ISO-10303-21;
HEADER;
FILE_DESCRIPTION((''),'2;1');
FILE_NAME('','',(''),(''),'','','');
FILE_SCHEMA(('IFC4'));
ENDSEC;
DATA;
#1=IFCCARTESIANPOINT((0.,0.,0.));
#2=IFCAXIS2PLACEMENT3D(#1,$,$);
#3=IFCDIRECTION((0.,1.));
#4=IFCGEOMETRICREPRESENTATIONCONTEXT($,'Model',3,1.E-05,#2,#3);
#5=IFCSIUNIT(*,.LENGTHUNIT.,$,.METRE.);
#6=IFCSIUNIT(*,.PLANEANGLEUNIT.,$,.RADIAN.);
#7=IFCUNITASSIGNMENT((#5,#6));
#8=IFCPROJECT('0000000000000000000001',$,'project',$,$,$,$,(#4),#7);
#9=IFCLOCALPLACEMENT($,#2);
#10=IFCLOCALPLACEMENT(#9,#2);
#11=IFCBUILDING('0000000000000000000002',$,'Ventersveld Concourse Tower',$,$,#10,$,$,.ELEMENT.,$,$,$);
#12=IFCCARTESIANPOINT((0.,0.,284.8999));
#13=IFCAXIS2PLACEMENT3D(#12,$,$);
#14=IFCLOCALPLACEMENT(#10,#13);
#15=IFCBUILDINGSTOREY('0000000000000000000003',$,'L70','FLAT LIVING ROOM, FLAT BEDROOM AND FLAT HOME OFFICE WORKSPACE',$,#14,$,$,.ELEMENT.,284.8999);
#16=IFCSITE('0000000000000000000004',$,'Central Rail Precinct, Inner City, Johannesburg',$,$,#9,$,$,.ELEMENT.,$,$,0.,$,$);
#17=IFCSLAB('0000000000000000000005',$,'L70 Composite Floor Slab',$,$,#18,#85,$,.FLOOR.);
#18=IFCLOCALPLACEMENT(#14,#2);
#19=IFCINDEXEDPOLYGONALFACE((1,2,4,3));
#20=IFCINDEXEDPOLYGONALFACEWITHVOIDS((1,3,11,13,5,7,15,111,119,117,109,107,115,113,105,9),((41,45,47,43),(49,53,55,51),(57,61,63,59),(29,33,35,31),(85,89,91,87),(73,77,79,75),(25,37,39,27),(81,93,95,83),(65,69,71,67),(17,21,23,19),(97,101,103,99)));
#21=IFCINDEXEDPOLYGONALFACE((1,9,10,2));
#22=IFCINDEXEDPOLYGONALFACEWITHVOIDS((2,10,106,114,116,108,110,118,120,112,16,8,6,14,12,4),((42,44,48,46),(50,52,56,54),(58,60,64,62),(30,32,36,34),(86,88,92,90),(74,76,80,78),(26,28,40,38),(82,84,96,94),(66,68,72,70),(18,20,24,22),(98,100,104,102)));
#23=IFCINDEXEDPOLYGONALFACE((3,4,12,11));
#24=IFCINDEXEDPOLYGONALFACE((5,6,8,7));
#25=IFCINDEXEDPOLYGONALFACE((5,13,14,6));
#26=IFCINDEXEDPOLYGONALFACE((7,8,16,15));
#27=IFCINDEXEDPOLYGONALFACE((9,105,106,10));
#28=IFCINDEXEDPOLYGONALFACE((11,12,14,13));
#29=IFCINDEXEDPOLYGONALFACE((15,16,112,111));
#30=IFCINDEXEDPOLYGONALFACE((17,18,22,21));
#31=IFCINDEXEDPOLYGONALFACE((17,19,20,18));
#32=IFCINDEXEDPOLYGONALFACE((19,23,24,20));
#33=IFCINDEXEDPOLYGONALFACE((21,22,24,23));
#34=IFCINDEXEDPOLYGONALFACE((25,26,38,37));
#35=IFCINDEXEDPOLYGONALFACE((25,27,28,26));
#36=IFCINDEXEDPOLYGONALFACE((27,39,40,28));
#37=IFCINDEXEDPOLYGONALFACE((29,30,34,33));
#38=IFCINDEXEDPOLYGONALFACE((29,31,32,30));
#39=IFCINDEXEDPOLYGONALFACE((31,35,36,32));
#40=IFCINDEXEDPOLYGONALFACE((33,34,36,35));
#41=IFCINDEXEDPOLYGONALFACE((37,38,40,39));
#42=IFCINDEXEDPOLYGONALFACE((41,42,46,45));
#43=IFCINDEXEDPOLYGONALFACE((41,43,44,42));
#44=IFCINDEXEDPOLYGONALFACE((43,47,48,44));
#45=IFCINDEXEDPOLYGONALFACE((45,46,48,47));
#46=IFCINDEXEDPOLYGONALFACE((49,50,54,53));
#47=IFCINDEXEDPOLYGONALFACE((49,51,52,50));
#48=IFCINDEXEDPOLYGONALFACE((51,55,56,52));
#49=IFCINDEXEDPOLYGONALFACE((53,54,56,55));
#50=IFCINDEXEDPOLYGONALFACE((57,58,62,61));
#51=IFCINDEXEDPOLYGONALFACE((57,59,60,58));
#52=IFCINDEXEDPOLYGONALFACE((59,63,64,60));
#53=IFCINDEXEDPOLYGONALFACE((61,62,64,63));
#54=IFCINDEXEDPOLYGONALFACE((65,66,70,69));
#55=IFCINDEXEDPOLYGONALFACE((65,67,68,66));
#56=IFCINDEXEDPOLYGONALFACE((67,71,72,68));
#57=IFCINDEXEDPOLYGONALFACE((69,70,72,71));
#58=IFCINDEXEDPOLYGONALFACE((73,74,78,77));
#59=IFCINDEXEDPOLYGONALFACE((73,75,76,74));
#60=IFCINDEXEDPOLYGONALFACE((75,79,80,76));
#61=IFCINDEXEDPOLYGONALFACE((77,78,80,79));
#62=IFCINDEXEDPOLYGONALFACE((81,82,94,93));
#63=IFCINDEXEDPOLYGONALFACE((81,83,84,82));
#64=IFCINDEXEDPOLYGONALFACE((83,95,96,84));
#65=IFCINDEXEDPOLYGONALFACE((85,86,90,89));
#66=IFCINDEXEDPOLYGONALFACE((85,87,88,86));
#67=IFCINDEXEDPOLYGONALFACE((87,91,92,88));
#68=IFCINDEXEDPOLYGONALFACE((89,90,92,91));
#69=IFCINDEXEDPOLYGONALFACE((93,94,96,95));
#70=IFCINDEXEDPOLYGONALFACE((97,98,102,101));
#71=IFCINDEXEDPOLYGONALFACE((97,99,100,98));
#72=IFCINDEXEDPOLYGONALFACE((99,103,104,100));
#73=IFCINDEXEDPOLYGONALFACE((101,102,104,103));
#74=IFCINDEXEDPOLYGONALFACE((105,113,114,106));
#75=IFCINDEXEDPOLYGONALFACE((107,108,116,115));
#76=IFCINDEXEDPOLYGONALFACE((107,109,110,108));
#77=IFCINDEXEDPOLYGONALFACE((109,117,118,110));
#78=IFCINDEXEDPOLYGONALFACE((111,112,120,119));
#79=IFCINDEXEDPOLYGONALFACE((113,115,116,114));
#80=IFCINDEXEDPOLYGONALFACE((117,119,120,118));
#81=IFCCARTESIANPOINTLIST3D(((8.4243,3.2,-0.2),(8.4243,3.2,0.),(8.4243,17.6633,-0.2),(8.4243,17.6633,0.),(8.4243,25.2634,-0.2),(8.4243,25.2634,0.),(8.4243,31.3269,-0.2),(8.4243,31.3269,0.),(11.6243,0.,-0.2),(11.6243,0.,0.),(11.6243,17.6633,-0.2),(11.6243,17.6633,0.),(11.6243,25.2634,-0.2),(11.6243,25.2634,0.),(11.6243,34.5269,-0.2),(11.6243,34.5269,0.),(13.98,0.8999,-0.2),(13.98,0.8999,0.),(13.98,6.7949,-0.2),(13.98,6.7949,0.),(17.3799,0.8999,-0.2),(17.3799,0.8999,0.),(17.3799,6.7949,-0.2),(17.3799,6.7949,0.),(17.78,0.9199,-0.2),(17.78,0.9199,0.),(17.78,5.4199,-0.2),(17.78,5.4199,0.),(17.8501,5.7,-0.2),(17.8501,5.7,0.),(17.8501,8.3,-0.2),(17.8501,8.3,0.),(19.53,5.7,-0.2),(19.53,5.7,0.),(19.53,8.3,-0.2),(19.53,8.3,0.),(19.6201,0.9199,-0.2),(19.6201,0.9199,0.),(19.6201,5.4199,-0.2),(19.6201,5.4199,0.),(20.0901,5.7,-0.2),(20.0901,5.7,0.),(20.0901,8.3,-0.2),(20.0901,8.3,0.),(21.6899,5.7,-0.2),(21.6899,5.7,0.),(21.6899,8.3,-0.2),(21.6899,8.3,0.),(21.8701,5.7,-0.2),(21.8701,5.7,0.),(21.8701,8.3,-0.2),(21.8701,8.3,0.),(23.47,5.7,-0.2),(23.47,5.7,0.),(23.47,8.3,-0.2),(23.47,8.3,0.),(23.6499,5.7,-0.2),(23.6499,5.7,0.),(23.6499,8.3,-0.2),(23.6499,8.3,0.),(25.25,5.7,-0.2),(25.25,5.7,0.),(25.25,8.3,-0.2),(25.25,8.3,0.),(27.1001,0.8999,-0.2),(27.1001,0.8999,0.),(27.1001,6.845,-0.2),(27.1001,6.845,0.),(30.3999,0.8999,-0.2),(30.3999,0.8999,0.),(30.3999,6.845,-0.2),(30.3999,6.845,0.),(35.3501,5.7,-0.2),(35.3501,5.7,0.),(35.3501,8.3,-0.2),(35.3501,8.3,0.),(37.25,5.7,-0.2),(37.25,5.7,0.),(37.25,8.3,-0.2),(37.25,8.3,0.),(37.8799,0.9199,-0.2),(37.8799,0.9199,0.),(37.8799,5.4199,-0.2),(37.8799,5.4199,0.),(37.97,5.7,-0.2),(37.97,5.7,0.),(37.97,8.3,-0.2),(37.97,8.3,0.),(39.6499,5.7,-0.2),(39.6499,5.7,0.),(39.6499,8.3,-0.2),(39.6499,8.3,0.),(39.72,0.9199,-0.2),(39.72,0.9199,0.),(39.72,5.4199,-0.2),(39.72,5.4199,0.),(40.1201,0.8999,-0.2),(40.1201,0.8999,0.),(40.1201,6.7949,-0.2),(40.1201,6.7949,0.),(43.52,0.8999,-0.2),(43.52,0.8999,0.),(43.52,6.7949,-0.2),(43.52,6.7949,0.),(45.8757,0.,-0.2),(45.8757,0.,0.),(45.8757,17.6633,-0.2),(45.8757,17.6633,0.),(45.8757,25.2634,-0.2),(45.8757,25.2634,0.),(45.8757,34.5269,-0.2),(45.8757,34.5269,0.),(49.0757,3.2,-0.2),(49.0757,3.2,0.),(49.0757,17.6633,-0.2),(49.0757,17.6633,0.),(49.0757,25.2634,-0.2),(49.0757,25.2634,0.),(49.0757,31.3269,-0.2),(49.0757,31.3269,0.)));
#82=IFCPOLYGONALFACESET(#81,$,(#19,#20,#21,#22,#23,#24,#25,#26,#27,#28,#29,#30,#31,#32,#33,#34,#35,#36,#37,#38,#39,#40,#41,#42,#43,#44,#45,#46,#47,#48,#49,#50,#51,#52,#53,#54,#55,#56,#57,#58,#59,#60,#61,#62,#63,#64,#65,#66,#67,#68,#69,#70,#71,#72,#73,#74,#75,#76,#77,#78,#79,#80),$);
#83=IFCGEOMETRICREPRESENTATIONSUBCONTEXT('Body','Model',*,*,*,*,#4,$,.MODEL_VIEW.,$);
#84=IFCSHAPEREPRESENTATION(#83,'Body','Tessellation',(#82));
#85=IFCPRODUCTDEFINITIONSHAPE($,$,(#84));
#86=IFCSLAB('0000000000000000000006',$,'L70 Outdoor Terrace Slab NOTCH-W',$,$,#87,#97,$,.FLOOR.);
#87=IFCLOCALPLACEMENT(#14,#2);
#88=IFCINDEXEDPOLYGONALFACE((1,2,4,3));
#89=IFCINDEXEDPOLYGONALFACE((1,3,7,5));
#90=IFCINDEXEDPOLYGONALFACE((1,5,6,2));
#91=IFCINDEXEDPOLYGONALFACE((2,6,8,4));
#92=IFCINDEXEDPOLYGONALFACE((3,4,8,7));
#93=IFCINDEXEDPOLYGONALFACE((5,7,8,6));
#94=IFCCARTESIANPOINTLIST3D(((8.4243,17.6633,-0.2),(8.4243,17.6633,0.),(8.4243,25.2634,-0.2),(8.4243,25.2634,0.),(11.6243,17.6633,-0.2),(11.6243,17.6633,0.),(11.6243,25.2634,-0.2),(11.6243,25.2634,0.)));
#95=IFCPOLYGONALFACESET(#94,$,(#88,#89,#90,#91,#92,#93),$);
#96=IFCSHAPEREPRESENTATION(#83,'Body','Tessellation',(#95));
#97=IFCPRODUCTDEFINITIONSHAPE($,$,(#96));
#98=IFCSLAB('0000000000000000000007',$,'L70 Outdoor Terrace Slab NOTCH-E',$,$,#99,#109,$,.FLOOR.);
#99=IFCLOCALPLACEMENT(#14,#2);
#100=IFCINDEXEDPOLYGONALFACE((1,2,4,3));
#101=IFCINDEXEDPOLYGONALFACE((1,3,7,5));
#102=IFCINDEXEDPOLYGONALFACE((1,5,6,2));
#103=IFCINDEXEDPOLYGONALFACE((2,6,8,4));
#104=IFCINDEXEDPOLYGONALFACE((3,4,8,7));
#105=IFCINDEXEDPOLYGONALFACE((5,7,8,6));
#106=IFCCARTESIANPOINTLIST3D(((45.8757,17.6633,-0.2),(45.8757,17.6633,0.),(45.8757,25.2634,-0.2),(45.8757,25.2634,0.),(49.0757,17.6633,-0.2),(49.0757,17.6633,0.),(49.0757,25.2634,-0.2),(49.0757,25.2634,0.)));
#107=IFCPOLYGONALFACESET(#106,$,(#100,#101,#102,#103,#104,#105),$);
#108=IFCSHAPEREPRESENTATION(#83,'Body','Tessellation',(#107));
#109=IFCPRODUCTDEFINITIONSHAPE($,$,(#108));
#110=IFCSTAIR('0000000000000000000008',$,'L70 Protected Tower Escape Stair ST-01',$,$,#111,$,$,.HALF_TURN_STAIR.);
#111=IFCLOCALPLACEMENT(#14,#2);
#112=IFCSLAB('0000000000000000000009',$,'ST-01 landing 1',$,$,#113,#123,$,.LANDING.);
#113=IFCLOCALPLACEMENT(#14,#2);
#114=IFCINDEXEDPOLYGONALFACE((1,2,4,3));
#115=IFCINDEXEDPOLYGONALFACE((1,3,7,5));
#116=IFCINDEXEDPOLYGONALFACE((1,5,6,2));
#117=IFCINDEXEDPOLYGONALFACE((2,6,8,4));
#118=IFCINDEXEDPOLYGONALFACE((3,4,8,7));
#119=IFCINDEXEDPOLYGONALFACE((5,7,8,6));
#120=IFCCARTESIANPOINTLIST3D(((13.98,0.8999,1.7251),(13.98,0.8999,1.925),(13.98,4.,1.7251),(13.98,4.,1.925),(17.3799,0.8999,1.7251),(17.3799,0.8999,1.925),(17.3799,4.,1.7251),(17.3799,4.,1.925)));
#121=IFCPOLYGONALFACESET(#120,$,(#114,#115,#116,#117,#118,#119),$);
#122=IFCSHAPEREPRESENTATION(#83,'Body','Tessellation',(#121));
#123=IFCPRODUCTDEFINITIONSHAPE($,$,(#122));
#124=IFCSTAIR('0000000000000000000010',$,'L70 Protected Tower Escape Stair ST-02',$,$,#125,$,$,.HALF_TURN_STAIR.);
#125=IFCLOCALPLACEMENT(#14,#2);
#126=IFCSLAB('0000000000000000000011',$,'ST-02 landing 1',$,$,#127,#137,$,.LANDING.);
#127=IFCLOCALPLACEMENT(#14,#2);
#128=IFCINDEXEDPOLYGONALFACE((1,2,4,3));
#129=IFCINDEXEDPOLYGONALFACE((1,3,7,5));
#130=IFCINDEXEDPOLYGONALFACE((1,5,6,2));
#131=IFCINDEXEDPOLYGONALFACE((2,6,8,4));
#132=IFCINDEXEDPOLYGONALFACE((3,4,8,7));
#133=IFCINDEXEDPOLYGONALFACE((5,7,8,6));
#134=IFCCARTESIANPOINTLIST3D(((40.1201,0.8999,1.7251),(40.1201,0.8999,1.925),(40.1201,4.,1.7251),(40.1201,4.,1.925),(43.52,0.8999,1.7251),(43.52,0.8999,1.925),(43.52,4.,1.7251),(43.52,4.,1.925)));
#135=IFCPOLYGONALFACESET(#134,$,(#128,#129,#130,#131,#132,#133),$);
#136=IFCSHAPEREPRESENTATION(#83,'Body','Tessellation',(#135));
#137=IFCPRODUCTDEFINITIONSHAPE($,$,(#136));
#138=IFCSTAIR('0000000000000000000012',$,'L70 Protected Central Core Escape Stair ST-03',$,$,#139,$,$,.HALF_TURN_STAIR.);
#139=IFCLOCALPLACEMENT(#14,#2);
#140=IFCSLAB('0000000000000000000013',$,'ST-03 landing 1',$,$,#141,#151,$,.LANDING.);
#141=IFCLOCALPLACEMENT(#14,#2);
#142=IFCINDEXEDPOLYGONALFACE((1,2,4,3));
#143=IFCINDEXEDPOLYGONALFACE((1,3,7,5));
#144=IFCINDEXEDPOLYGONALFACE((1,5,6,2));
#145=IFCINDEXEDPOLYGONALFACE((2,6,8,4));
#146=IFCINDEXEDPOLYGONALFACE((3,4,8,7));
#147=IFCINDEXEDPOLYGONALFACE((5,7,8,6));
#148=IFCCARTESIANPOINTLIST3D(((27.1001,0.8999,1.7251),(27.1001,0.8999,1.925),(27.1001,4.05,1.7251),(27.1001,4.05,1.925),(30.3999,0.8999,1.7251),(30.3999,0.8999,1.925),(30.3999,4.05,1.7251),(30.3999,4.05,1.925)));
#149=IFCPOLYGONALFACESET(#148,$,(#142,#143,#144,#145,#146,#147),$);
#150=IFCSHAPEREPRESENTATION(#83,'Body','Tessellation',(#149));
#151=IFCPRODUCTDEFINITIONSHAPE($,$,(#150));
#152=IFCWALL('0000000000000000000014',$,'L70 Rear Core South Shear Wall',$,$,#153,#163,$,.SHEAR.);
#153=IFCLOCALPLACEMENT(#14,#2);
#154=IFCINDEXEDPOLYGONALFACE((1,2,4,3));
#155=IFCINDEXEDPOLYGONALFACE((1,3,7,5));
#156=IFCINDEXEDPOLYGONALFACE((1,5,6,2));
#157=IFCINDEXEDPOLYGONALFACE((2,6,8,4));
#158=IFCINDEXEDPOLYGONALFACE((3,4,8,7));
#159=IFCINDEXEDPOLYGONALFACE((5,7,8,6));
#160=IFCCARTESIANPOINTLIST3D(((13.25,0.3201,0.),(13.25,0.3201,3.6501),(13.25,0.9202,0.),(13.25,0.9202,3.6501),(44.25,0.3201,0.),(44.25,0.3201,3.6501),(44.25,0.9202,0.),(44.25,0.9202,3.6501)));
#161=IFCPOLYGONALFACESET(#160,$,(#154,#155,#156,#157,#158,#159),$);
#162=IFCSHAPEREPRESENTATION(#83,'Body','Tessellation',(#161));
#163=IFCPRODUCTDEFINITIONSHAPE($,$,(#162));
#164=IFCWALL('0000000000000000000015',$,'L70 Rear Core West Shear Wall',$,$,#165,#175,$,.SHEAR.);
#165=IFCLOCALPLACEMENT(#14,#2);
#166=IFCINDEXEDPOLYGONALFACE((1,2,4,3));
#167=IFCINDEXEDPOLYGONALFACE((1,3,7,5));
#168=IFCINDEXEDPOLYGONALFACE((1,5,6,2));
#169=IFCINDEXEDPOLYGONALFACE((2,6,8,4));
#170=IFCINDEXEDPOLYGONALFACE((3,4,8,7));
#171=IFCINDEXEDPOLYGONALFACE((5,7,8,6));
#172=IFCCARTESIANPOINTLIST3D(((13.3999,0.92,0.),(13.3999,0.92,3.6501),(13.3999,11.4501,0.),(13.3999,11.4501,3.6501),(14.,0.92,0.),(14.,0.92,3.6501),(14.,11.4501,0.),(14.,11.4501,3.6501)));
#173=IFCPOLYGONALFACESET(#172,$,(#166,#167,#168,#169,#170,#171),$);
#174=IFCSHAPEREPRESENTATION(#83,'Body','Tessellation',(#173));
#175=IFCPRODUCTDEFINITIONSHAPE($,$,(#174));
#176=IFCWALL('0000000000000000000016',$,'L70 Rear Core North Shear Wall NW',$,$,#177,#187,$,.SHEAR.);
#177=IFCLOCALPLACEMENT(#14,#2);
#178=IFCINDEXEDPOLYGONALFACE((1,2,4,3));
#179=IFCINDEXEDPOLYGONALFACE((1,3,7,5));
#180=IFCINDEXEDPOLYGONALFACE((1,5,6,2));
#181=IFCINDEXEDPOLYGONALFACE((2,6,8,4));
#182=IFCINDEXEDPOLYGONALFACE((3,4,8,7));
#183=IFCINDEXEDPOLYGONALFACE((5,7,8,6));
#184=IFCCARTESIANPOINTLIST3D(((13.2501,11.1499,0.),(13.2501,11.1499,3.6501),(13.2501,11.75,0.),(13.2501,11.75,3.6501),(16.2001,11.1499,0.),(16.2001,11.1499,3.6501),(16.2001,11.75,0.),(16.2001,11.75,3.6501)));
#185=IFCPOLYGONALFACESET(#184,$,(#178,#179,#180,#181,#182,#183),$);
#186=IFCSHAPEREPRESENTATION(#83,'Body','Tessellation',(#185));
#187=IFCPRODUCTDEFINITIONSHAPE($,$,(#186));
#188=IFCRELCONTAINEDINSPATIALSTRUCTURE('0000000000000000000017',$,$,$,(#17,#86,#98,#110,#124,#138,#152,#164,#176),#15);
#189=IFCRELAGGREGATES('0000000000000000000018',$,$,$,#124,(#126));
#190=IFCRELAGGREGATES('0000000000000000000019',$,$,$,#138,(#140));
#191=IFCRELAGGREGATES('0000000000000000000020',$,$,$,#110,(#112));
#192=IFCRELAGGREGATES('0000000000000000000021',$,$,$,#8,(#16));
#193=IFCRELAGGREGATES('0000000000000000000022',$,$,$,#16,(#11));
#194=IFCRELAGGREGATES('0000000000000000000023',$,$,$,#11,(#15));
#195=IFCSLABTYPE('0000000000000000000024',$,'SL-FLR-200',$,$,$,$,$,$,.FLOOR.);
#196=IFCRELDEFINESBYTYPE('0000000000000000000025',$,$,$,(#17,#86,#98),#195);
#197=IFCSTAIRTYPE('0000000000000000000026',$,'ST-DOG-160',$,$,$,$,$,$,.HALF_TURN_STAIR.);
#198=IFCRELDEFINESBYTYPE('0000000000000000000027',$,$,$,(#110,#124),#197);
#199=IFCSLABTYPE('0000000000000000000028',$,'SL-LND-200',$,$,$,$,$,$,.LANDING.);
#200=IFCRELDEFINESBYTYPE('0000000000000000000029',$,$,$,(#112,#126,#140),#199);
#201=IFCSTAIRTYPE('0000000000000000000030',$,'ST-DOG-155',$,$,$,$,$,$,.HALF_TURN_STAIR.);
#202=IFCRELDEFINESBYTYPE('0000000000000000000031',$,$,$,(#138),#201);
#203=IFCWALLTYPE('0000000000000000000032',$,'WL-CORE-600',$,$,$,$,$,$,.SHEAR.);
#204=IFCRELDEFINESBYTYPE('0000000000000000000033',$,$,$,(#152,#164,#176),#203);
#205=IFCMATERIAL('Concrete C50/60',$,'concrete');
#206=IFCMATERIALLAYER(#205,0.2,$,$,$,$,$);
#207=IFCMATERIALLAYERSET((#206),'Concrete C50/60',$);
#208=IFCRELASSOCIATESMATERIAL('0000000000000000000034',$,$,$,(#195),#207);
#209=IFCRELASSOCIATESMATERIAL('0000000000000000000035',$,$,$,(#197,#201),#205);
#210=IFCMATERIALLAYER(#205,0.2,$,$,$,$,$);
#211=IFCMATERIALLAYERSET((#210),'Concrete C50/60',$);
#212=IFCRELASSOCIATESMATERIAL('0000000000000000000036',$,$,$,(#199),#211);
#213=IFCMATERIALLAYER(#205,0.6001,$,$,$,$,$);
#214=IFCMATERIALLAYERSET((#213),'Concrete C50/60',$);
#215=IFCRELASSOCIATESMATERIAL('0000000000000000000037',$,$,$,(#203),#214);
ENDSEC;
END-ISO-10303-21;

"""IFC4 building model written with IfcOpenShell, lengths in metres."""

from ifc_helpers import new_model, si_unit, direction, frame, frame_2d, origin, place, context, subcontext, project, spatial, polyline, rectangle, outline, extrude, material, layer, layer_set, type_object, element, aggregate, save


model = new_model("IFC4")

# Units and contexts
model_context = context("Model", 3, precision=1e-05, world=origin(), true_north=direction((0.0, 1.0)))
body_context = subcontext(model_context, "Body", "Model", "MODEL_VIEW")
ifc_project = project(units=[si_unit("LENGTHUNIT", "METRE"), si_unit("PLANEANGLEUNIT", "RADIAN")], contexts=[model_context])

# Site, building, storey
site_placement = place(None, origin())
site = spatial("IfcSite", under=ifc_project, at=site_placement, Name="Central Rail Precinct, Inner City, Johannesburg", CompositionType="ELEMENT", RefElevation=0.0)
building_placement = place(site_placement, origin())
building = spatial("IfcBuilding", under=site, at=building_placement, Name="Ventersveld Concourse Tower", CompositionType="ELEMENT")
storey_placement = place(building_placement, frame((0.0, 0.0, 284.8999)))
storey = spatial("IfcBuildingStorey", under=building, at=storey_placement, Name="L70", Description="FLAT LIVING ROOM, FLAT BEDROOM AND FLAT HOME OFFICE WORKSPACE", CompositionType="ELEMENT", Elevation=284.8999)

# Shared definitions
ifc_material_1 = material(Name="Concrete C50/60", Category="concrete")

# Slabs
ifc_layer_1 = layer(ifc_material_1, 0.2)
ifc_layer_set_1 = layer_set([ifc_layer_1], Name="Concrete C50/60")
slab_type_1 = type_object("IfcSlabType", Name="SL-FLR-200", PredefinedType="FLOOR", material=ifc_layer_set_1)
slab_1_placement = place(storey_placement, frame((0.0, 0.0, -0.2)))
element("IfcSlab", 1, at=slab_1_placement, inside=storey, type_object=slab_type_1, Name="L70 Composite Floor Slab", PredefinedType="FLOOR", context=body_context, shape_type="SweptSolid", body=[
    extrude(outline(polyline([(11.6243, 0.0), (45.8757, 0.0), (49.0757, 3.2), (49.0757, 17.6633), (45.8757, 17.6633), (45.8757, 25.2634), (49.0757, 25.2634), (49.0757, 31.3269), (45.8757, 34.5269), (11.6243, 34.5269), (8.4243, 31.3269), (8.4243, 25.2634), (11.6243, 25.2634), (11.6243, 17.6633), (8.4243, 17.6633), (8.4243, 3.2), (11.6243, 0.0)]), holes=[polyline([(13.98, 6.7949), (13.98, 0.8999), (17.3799, 0.8999), (17.3799, 6.7949), (13.98, 6.7949)]), polyline([(40.1201, 6.7949), (40.1201, 0.8999), (43.52, 0.8999), (43.52, 6.7949), (40.1201, 6.7949)]), polyline([(27.1001, 6.845), (27.1001, 0.8999), (30.3999, 0.8999), (30.3999, 6.845), (27.1001, 6.845)]), polyline([(17.8501, 5.7), (19.53, 5.7), (19.53, 8.3), (17.8501, 8.3), (17.8501, 5.7)]), polyline([(37.97, 5.7), (39.6499, 5.7), (39.6499, 8.3), (37.97, 8.3), (37.97, 5.7)]), polyline([(35.3501, 5.7), (37.25, 5.7), (37.25, 8.3), (35.3501, 8.3), (35.3501, 5.7)]), polyline([(20.0901, 5.7), (21.6899, 5.7), (21.6899, 8.3), (20.0901, 8.3), (20.0901, 5.7)]), polyline([(21.8701, 5.7), (23.47, 5.7), (23.47, 8.3), (21.8701, 8.3), (21.8701, 5.7)]), polyline([(23.6499, 5.7), (25.25, 5.7), (25.25, 8.3), (23.6499, 8.3), (23.6499, 5.7)]), polyline([(17.78, 0.9199), (19.6201, 0.9199), (19.6201, 5.4199), (17.78, 5.4199), (17.78, 0.9199)]), polyline([(37.8799, 0.9199), (39.72, 0.9199), (39.72, 5.4199), (37.8799, 5.4199), (37.8799, 0.9199)])]), origin(), (0.0, 0.0, 1.0), 0.2),
])
slab_2_placement = place(storey_placement, frame((0.0, 0.0, -0.2)))
element("IfcSlab", 2, at=slab_2_placement, inside=storey, type_object=slab_type_1, Name="L70 Outdoor Terrace Slab NOTCH-W", PredefinedType="FLOOR", context=body_context, shape_type="SweptSolid", body=[
    extrude(outline(polyline([(8.4243, 17.6633), (11.6243, 17.6633), (11.6243, 25.2634), (8.4243, 25.2634), (8.4243, 17.6633)])), origin(), (0.0, 0.0, 1.0), 0.2),
])
slab_3_placement = place(storey_placement, frame((0.0, 0.0, -0.2)))
element("IfcSlab", 3, at=slab_3_placement, inside=storey, type_object=slab_type_1, Name="L70 Outdoor Terrace Slab NOTCH-E", PredefinedType="FLOOR", context=body_context, shape_type="SweptSolid", body=[
    extrude(outline(polyline([(45.8757, 17.6633), (49.0757, 17.6633), (49.0757, 25.2634), (45.8757, 25.2634), (45.8757, 17.6633)])), origin(), (0.0, 0.0, 1.0), 0.2),
])

# Stairs, slabs
stair_type_1 = type_object("IfcStairType", Name="ST-DOG-160", PredefinedType="HALF_TURN_STAIR", material=ifc_material_1)
stair_1_placement = place(storey_placement, origin())
stair_1 = element("IfcStair", 4, at=stair_1_placement, inside=storey, type_object=stair_type_1, Name="L70 Protected Tower Escape Stair ST-01", PredefinedType="HALF_TURN_STAIR")
ifc_layer_2 = layer(ifc_material_1, 0.2)
ifc_layer_set_2 = layer_set([ifc_layer_2], Name="Concrete C50/60")
slab_type_2 = type_object("IfcSlabType", Name="SL-LND-200", PredefinedType="LANDING", material=ifc_layer_set_2)
slab_4_placement = place(storey_placement, frame((0.0, 0.0, 1.7251)))
slab_4 = element("IfcSlab", 5, at=slab_4_placement, type_object=slab_type_2, Name="ST-01 landing 1", PredefinedType="LANDING", context=body_context, shape_type="SweptSolid", body=[
    extrude(outline(polyline([(13.98, 4.0), (13.98, 0.8999), (17.3799, 0.8999), (17.3799, 4.0), (13.98, 4.0)])), origin(), (0.0, 0.0, 1.0), 0.2),
])
stair_2_placement = place(storey_placement, origin())
stair_2 = element("IfcStair", 6, at=stair_2_placement, inside=storey, type_object=stair_type_1, Name="L70 Protected Tower Escape Stair ST-02", PredefinedType="HALF_TURN_STAIR")
slab_5_placement = place(storey_placement, frame((0.0, 0.0, 1.7251)))
slab_5 = element("IfcSlab", 7, at=slab_5_placement, type_object=slab_type_2, Name="ST-02 landing 1", PredefinedType="LANDING", context=body_context, shape_type="SweptSolid", body=[
    extrude(outline(polyline([(40.1201, 4.0), (40.1201, 0.8999), (43.52, 0.8999), (43.52, 4.0), (40.1201, 4.0)])), origin(), (0.0, 0.0, 1.0), 0.2),
])
aggregate(stair_2, [slab_5])
stair_type_2 = type_object("IfcStairType", Name="ST-DOG-155", PredefinedType="HALF_TURN_STAIR", material=ifc_material_1)
stair_3_placement = place(storey_placement, origin())
stair_3 = element("IfcStair", 8, at=stair_3_placement, inside=storey, type_object=stair_type_2, Name="L70 Protected Central Core Escape Stair ST-03", PredefinedType="HALF_TURN_STAIR")
slab_6_placement = place(storey_placement, frame((0.0, 0.0, 1.7251)))
slab_6 = element("IfcSlab", 9, at=slab_6_placement, type_object=slab_type_2, Name="ST-03 landing 1", PredefinedType="LANDING", context=body_context, shape_type="SweptSolid", body=[
    extrude(outline(polyline([(27.1001, 4.05), (27.1001, 0.8999), (30.3999, 0.8999), (30.3999, 4.05), (27.1001, 4.05)])), origin(), (0.0, 0.0, 1.0), 0.2),
])
aggregate(stair_3, [slab_6])

# Walls
ifc_layer_3 = layer(ifc_material_1, 0.6001)
ifc_layer_set_3 = layer_set([ifc_layer_3], Name="Concrete C50/60")
wall_type_1 = type_object("IfcWallType", Name="WL-CORE-600", PredefinedType="SHEAR", material=ifc_layer_set_3)
wall_1_placement = place(storey_placement, frame((13.25, 0.6201, 0.0), z_axis=(0.0, 0.0, 1.0), x_axis=(1.0, 0.0, 0.0)))
element("IfcWall", 10, at=wall_1_placement, inside=storey, type_object=wall_type_1, Name="L70 Rear Core South Shear Wall", PredefinedType="SHEAR", context=body_context, shape_type="SweptSolid", body=[
    extrude(rectangle(XDim=31.0, YDim=0.6001, at=frame_2d((15.5, 0.0))), origin(), (0.0, 0.0, 1.0), 3.6501),
])
wall_2_placement = place(storey_placement, frame((13.7, 0.9199, 0.0), z_axis=(0.0, 0.0, 1.0), x_axis=(0.0, 1.0, 0.0)))
element("IfcWall", 11, at=wall_2_placement, inside=storey, type_object=wall_type_1, Name="L70 Rear Core West Shear Wall", PredefinedType="SHEAR", context=body_context, shape_type="SweptSolid", body=[
    extrude(rectangle(XDim=10.53, YDim=0.6001, at=frame_2d((5.2651, 0.0))), origin(), (0.0, 0.0, 1.0), 3.6501),
])
wall_3_placement = place(storey_placement, frame((13.25, 11.45, 0.0), z_axis=(0.0, 0.0, 1.0), x_axis=(1.0, 0.0, 0.0)))
element("IfcWall", 12, at=wall_3_placement, inside=storey, type_object=wall_type_1, Name="L70 Rear Core North Shear Wall NW", PredefinedType="SHEAR", context=body_context, shape_type="SweptSolid", body=[
    extrude(rectangle(XDim=2.95, YDim=0.6001, at=frame_2d((1.4751, 0.0))), origin(), (0.0, 0.0, 1.0), 3.6501),
])

aggregate(stair_1, [slab_4])

save(model, "model.ifc")
